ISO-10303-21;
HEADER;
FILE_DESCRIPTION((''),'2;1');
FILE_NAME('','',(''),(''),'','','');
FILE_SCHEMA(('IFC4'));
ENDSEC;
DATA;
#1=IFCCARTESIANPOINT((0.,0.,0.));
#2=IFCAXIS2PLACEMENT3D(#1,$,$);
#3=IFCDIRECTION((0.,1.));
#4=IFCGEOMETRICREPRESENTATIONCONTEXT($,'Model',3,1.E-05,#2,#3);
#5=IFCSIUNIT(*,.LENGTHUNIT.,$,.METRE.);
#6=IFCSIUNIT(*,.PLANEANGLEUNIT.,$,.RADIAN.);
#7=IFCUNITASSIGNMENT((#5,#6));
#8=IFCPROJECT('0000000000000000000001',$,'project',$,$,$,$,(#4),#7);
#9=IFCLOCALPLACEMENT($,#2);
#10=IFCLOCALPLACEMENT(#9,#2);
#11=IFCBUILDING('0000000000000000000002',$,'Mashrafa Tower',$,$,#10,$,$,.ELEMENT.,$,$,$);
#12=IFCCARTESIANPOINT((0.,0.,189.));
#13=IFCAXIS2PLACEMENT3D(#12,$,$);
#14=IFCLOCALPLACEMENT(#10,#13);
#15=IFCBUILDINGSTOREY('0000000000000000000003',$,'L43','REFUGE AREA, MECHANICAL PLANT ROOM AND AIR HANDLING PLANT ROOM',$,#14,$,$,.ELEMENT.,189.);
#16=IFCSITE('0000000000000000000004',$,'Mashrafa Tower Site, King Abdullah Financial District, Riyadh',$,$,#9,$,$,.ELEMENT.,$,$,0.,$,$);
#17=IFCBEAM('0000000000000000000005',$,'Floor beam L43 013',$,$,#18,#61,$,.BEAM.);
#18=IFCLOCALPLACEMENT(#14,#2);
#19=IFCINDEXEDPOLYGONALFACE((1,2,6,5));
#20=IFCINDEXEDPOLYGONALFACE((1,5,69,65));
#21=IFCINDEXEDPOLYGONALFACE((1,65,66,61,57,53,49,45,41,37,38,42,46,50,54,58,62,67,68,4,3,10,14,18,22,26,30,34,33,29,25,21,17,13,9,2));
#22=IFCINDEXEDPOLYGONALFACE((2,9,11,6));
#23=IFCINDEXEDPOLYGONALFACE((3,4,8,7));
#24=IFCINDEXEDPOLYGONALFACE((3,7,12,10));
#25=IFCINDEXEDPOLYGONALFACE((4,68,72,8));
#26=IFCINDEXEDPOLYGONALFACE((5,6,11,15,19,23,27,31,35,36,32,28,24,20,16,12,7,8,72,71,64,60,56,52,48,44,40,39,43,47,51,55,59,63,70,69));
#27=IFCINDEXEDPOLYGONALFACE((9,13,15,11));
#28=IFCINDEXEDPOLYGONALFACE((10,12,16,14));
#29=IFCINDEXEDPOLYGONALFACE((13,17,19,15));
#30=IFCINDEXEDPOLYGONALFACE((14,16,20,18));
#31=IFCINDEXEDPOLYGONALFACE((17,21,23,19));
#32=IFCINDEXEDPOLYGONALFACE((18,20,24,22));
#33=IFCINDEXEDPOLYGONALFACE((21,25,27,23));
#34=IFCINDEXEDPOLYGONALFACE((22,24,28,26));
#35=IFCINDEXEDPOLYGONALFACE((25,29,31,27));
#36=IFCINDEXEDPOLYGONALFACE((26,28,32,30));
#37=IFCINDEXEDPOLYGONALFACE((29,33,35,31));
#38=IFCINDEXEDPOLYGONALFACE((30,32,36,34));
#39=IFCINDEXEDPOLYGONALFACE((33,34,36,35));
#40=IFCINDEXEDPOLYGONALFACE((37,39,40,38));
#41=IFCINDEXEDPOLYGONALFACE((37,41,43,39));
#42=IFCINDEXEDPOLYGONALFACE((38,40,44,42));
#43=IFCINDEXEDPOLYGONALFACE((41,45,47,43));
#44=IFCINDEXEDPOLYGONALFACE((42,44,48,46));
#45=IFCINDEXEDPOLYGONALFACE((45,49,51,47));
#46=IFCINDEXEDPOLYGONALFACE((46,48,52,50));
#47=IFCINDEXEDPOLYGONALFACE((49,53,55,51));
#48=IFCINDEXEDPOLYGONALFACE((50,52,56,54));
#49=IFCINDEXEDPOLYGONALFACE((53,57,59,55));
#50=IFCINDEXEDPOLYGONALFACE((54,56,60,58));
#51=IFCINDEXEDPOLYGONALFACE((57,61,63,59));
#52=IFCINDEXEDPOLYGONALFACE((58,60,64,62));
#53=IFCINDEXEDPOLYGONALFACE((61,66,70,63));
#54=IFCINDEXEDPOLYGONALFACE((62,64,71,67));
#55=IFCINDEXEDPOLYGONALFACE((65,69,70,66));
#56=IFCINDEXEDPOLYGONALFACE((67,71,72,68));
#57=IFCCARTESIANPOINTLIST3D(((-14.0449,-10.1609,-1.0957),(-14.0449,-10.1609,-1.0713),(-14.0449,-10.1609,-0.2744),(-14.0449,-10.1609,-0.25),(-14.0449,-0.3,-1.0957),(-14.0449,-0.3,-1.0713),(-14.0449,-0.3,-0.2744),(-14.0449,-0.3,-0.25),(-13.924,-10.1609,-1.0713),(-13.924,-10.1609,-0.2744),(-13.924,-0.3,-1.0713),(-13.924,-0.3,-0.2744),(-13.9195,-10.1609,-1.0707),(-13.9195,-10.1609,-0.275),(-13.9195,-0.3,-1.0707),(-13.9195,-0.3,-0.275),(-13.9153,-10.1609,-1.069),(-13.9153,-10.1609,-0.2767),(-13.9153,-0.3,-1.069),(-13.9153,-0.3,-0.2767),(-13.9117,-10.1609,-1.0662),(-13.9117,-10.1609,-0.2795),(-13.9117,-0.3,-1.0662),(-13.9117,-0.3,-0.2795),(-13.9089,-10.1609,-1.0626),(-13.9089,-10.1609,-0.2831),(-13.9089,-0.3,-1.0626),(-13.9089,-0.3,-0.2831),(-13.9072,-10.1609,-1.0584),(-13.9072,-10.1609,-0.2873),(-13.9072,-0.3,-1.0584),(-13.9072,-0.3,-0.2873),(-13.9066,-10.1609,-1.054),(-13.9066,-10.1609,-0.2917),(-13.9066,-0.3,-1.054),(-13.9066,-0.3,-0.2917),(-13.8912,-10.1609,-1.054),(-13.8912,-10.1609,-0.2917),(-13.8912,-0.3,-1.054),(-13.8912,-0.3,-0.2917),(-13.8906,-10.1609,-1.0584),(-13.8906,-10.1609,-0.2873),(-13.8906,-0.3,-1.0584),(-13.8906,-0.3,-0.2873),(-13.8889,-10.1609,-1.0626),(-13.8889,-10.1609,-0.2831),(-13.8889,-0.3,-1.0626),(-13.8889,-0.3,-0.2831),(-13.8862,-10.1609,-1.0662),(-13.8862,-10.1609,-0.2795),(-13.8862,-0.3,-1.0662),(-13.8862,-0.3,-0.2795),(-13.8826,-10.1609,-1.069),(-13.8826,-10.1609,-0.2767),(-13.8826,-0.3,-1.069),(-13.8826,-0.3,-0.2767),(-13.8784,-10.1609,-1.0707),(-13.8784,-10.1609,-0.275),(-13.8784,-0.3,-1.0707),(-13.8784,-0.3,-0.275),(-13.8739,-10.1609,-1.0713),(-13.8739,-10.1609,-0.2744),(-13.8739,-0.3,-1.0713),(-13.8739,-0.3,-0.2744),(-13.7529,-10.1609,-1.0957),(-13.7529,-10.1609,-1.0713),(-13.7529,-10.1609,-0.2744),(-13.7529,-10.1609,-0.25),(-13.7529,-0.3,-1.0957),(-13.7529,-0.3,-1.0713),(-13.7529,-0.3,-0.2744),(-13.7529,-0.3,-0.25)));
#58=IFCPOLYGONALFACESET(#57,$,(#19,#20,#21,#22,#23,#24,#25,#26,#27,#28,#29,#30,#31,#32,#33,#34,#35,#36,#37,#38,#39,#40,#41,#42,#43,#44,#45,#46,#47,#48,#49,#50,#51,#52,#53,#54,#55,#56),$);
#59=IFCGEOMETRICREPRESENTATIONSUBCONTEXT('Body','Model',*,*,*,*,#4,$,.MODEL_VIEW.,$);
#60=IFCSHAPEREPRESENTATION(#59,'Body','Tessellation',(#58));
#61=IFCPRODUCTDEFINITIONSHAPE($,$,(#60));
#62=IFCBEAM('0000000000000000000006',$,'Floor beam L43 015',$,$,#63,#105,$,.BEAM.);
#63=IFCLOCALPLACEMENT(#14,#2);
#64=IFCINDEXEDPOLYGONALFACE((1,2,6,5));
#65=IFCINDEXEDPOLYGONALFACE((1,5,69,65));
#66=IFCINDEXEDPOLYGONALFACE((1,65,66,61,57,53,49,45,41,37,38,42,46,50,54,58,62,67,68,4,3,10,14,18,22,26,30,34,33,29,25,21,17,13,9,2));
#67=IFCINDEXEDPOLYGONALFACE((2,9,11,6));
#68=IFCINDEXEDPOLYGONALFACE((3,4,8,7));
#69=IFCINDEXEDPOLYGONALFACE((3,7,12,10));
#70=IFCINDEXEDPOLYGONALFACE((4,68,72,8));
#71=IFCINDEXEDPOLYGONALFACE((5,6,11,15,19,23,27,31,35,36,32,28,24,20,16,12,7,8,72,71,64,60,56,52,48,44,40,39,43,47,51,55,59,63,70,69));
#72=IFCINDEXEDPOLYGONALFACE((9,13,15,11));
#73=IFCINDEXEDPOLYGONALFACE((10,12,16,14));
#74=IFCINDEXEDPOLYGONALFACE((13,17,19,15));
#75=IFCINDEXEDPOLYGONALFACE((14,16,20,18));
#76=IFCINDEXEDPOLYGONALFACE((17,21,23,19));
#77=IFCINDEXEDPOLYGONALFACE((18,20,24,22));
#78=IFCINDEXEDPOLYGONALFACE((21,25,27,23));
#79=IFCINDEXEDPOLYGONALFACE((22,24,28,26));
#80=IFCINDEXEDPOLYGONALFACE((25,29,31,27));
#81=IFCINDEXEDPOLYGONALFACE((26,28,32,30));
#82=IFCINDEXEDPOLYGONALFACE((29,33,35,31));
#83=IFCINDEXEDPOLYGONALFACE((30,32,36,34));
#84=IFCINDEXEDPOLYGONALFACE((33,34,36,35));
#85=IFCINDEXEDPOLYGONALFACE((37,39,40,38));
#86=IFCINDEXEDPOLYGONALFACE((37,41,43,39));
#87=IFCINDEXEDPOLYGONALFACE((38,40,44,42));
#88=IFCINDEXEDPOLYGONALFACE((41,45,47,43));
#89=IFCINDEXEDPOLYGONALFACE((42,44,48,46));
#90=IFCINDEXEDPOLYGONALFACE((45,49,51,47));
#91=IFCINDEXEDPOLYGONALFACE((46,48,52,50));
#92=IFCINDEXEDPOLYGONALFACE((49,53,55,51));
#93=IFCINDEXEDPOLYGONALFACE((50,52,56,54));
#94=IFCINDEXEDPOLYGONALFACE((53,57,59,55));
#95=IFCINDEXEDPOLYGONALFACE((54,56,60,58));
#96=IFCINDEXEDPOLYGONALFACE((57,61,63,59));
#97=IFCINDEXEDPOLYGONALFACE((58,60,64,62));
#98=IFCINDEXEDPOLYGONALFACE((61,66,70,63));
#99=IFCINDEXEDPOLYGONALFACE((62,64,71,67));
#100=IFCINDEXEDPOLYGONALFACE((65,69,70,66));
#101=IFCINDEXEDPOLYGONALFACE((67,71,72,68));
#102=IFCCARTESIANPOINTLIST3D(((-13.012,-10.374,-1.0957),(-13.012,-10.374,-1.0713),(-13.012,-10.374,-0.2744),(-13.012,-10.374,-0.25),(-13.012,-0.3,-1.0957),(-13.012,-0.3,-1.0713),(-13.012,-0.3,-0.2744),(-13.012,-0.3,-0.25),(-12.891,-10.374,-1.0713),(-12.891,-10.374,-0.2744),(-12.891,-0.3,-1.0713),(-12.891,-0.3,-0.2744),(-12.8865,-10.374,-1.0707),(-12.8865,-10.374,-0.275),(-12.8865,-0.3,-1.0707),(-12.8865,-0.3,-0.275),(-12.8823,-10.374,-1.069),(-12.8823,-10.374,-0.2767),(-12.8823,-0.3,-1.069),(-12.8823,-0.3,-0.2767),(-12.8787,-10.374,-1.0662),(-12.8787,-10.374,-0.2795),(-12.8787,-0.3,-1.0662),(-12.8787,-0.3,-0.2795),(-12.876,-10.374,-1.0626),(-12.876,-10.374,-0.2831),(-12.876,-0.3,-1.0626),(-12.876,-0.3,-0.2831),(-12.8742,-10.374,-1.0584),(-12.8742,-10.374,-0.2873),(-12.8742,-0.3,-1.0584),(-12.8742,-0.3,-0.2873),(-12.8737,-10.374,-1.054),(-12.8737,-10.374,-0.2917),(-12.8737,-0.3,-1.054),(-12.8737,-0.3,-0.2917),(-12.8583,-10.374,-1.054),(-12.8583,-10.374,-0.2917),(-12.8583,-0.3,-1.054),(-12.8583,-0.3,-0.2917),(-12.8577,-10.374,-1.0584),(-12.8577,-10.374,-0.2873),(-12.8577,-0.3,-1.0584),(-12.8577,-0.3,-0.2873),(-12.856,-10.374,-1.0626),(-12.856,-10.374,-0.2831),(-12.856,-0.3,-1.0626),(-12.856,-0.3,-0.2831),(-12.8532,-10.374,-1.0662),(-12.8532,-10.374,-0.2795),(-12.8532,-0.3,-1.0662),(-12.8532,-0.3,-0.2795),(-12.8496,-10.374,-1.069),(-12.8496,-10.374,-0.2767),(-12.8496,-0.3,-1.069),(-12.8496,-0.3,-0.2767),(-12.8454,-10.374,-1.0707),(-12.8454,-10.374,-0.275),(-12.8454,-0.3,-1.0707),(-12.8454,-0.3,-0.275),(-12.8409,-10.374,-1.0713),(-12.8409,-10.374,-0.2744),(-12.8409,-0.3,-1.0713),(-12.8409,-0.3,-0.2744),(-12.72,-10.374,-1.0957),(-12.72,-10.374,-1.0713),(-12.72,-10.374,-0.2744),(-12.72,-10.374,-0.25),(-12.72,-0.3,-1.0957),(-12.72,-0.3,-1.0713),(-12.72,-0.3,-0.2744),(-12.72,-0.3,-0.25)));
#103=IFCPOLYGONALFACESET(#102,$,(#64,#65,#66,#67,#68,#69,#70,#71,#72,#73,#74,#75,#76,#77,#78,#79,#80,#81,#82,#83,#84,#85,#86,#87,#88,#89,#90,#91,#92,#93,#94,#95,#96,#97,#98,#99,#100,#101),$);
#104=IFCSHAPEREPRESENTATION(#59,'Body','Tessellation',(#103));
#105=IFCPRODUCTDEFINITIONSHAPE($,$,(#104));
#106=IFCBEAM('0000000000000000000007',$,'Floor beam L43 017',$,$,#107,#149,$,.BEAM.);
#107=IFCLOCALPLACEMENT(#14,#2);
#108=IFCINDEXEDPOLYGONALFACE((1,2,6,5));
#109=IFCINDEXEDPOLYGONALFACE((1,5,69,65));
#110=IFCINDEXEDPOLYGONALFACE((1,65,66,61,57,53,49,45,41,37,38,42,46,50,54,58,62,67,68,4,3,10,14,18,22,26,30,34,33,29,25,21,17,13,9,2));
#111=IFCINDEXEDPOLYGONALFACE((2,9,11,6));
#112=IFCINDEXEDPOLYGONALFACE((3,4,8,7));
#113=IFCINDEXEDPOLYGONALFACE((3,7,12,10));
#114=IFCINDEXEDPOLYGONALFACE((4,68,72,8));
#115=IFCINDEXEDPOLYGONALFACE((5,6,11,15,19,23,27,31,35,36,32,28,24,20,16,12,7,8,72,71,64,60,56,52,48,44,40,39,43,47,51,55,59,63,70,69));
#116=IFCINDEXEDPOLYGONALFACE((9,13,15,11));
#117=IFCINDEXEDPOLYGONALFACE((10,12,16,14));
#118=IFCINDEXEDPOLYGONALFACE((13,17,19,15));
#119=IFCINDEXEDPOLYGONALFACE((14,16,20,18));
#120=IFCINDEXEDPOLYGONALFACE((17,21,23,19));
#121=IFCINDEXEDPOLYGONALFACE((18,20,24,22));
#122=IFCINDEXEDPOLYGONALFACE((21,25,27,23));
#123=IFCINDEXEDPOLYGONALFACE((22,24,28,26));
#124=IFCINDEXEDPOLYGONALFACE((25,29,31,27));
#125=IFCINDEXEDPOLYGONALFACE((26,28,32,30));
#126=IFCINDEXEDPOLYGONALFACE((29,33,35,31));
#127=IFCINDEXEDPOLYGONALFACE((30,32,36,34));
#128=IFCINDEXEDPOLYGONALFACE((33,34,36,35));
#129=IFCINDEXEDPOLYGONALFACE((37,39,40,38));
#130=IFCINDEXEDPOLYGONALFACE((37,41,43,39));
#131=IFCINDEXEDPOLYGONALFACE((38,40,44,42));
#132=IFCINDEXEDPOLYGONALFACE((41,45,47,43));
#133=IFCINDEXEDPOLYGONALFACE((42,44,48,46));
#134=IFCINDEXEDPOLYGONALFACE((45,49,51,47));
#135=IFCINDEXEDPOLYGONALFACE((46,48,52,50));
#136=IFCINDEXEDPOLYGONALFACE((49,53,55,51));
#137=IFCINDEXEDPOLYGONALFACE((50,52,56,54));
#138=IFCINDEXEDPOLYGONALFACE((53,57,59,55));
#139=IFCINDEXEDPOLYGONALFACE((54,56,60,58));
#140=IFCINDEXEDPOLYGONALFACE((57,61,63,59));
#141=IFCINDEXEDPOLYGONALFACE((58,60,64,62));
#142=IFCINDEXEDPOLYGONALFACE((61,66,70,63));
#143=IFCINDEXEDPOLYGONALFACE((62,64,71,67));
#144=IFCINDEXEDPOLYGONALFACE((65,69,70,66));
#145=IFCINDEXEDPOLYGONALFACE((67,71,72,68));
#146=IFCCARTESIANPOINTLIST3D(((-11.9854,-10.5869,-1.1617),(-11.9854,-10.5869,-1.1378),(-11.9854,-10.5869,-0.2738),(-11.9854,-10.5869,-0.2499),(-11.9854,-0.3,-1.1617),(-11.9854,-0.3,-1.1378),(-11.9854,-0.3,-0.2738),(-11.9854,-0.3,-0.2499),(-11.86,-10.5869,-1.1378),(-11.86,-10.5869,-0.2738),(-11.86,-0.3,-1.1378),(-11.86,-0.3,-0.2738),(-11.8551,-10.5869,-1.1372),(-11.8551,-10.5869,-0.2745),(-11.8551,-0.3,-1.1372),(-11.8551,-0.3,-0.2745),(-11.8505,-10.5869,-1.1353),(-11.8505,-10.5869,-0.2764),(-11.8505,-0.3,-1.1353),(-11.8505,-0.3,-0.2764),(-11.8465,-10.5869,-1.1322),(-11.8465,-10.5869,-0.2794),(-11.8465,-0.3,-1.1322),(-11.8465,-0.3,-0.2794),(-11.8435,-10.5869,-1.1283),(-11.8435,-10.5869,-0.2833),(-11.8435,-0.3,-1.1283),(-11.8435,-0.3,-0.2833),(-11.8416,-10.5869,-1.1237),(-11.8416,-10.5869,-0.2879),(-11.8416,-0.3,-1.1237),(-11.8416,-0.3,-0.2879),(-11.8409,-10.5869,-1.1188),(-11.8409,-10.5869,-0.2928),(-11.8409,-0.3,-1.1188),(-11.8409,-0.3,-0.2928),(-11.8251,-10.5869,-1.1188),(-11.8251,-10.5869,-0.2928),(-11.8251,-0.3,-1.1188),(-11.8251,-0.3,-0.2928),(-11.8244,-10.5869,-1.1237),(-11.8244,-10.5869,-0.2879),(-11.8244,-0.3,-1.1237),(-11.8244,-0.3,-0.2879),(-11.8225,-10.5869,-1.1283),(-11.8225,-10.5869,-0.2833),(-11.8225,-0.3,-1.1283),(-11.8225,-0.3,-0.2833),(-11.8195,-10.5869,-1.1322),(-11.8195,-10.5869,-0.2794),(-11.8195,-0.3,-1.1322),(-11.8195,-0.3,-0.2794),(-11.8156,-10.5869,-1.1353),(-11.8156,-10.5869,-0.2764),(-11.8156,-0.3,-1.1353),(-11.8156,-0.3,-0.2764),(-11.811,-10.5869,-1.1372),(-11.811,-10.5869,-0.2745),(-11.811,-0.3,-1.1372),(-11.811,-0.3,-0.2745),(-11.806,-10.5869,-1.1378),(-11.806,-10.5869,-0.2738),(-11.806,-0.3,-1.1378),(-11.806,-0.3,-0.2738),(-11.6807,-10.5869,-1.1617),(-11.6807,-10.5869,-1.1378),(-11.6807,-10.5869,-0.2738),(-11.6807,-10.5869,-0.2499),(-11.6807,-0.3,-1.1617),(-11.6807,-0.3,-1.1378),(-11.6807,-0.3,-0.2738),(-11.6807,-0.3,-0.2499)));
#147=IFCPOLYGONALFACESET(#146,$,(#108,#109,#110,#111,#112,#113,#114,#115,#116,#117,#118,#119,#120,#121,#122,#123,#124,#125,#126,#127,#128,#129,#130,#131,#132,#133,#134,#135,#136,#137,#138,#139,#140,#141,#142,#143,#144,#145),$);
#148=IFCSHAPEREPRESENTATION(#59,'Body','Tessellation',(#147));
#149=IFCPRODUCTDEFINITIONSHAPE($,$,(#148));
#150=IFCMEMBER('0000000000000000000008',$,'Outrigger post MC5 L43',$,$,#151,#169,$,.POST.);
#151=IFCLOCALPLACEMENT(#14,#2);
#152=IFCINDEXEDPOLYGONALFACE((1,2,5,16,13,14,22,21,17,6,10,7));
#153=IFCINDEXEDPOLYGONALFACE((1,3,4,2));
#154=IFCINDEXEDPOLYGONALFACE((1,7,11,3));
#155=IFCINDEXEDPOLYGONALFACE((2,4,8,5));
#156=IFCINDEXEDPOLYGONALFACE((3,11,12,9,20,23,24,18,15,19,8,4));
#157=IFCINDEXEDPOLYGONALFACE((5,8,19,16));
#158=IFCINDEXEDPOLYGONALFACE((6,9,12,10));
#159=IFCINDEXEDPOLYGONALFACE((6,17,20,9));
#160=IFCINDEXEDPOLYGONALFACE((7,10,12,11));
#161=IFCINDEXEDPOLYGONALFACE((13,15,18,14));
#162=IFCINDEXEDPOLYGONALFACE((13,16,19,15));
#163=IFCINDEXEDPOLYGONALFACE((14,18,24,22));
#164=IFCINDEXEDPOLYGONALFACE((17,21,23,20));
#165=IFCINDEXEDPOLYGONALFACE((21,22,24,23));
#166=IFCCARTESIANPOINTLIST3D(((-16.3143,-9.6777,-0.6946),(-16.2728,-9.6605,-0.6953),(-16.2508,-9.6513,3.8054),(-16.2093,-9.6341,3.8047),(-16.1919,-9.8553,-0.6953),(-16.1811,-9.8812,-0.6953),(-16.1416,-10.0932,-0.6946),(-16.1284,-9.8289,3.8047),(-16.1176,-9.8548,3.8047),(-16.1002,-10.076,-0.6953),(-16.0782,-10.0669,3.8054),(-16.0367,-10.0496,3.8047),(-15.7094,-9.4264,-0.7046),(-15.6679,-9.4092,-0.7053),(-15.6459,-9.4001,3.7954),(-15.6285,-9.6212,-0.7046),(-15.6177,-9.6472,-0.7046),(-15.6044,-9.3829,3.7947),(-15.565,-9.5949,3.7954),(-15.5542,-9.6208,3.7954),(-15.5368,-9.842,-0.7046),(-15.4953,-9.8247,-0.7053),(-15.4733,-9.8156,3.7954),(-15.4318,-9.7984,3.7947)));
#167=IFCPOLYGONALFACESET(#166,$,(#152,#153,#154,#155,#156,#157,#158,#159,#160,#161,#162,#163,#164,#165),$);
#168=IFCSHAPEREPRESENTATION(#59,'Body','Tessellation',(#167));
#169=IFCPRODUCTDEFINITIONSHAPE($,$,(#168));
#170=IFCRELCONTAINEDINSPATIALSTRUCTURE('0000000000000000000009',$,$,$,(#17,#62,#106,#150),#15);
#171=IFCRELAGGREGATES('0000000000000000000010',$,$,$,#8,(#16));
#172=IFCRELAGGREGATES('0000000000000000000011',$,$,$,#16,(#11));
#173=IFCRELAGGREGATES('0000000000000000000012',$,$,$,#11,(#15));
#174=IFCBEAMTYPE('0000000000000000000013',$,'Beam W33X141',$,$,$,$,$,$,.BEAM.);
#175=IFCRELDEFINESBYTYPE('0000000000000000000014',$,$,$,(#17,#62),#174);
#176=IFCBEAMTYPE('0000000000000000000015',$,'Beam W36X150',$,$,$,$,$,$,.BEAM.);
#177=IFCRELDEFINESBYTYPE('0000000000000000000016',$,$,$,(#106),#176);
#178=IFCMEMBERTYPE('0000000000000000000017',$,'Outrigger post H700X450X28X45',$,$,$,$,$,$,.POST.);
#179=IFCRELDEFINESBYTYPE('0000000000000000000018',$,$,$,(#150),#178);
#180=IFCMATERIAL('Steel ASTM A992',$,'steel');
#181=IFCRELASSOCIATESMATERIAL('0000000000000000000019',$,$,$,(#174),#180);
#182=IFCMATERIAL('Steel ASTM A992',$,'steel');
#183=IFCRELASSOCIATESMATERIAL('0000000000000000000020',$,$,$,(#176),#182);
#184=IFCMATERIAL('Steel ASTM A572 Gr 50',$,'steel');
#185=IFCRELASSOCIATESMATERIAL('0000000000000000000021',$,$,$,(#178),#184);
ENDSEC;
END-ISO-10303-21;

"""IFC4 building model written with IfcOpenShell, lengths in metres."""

from ifc_helpers import new_model, si_unit, direction, frame, origin, origin_2d, place, context, subcontext, project, spatial, i_section, extrude, source, transform, mapped, material, material_profile, profile_set, type_object, type_shapes, element, save


model = new_model("IFC4")

# Units and contexts
model_context = context("Model", 3, precision=1e-05, world=origin(), true_north=direction((0.0, 1.0)))
body_context = subcontext(model_context, "Body", "Model", "MODEL_VIEW")
ifc_project = project(units=[si_unit("LENGTHUNIT", "METRE"), si_unit("PLANEANGLEUNIT", "RADIAN")], contexts=[model_context])

# Site, building, storey
site_placement = place(None, origin())
site = spatial("IfcSite", under=ifc_project, at=site_placement, Name="Mashrafa Tower Site, King Abdullah Financial District, Riyadh", CompositionType="ELEMENT", RefElevation=0.0)
building_placement = place(site_placement, origin())
building = spatial("IfcBuilding", under=site, at=building_placement, Name="Mashrafa Tower", CompositionType="ELEMENT")
storey_placement = place(building_placement, frame((0.0, 0.0, 189.0)))
storey = spatial("IfcBuildingStorey", under=building, at=storey_placement, Name="L43", Description="REFUGE AREA, MECHANICAL PLANT ROOM AND AIR HANDLING PLANT ROOM", CompositionType="ELEMENT", Elevation=189.0)

# Beams
ifc_material_1 = material(Name="Steel ASTM A992", Category="steel")
ifc_material_profile_1 = material_profile(ifc_material_1, i_section(OverallWidth=0.292, OverallDepth=0.8457, WebThickness=0.0154, FlangeThickness=0.0244, FilletRadius=0.0173, at=origin_2d()), Name="W33X141")
ifc_profile_set_1 = profile_set([ifc_material_profile_1], Name="Steel ASTM A992")
beam_type_1 = type_object("IfcBeamType", Name="Beam W33X141", PredefinedType="BEAM", material=ifc_profile_set_1)
beam_1_placement = place(storey_placement, frame((-13.8989, -10.1609, -0.6729), z_axis=(0.0, 1.0, 0.0), x_axis=(-1.0, 0.0, 0.0)))
element("IfcBeam", 1, at=beam_1_placement, inside=storey, type_object=beam_type_1, Name="Floor beam L43 013", PredefinedType="BEAM", context=body_context, shape_type="SweptSolid", body=[
    extrude(i_section(OverallWidth=0.292, OverallDepth=0.8457, WebThickness=0.0154, FlangeThickness=0.0244, FilletRadius=0.0173, at=origin_2d()), origin(), (0.0, 0.0, 1.0), 9.8608),
])
beam_2_placement = place(storey_placement, frame((-12.866, -10.374, -0.6729), z_axis=(0.0, 1.0, 0.0), x_axis=(-1.0, 0.0, 0.0)))
element("IfcBeam", 2, at=beam_2_placement, inside=storey, type_object=beam_type_1, Name="Floor beam L43 015", PredefinedType="BEAM", context=body_context, shape_type="SweptSolid", body=[
    extrude(i_section(OverallWidth=0.292, OverallDepth=0.8457, WebThickness=0.0154, FlangeThickness=0.0244, FilletRadius=0.0173, at=origin_2d()), origin(), (0.0, 0.0, 1.0), 10.074),
])
ifc_material_2 = material(Name="Steel ASTM A992", Category="steel")
ifc_material_profile_2 = material_profile(ifc_material_2, i_section(OverallWidth=0.3047, OverallDepth=0.9119, WebThickness=0.0159, FlangeThickness=0.0239, FilletRadius=0.019, at=origin_2d()), Name="W36X150")
ifc_profile_set_2 = profile_set([ifc_material_profile_2], Name="Steel ASTM A992")
beam_type_2 = type_object("IfcBeamType", Name="Beam W36X150", PredefinedType="BEAM", material=ifc_profile_set_2)
beam_3_placement = place(storey_placement, frame((-11.833, -10.5869, -0.7058), z_axis=(0.0, 1.0, 0.0), x_axis=(-1.0, 0.0, 0.0)))
element("IfcBeam", 3, at=beam_3_placement, inside=storey, type_object=beam_type_2, Name="Floor beam L43 017", PredefinedType="BEAM", context=body_context, shape_type="SweptSolid", body=[
    extrude(i_section(OverallWidth=0.3047, OverallDepth=0.9119, WebThickness=0.0159, FlangeThickness=0.0239, FilletRadius=0.019, at=origin_2d()), origin(), (0.0, 0.0, 1.0), 10.2869),
])

# Member
ifc_material_3 = material(Name="Steel ASTM A572 Gr 50", Category="steel")
ifc_material_profile_3 = material_profile(ifc_material_3, i_section(OverallWidth=0.45, OverallDepth=0.7, WebThickness=0.0281, FlangeThickness=0.0449, at=origin_2d()), Name="H700X450X28X45")
ifc_profile_set_3 = profile_set([ifc_material_profile_3], Name="Steel ASTM A572 Gr 50")
member_type_1 = type_object("IfcMemberType", Name="Outrigger post H700X450X28X45", PredefinedType="POST", material=ifc_profile_set_3)
shared_shape_1 = source(origin(), body_context, "Body", "SweptSolid", [
    extrude(i_section(OverallWidth=0.45, OverallDepth=0.7, WebThickness=0.0281, FlangeThickness=0.0449, at=origin_2d()), origin(), (0.0, 0.0, 1.0), 4.5005),
])
type_shapes(member_type_1, [shared_shape_1])
member_1_placement = place(storey_placement, frame((-15.9048, -9.7512, -0.7), z_axis=(0.014104, 0.005859, 0.999883), x_axis=(-0.383606, 0.923497, 0.0)))
element("IfcMember", 4, at=member_1_placement, inside=storey, type_object=member_type_1, Name="Outrigger post MC5 L43", PredefinedType="POST", context=body_context, shape_type="MappedRepresentation", body=[
    mapped(shared_shape_1, transform((0.0, 0.0, 0.0))),
])

save(model, "model.ifc")
